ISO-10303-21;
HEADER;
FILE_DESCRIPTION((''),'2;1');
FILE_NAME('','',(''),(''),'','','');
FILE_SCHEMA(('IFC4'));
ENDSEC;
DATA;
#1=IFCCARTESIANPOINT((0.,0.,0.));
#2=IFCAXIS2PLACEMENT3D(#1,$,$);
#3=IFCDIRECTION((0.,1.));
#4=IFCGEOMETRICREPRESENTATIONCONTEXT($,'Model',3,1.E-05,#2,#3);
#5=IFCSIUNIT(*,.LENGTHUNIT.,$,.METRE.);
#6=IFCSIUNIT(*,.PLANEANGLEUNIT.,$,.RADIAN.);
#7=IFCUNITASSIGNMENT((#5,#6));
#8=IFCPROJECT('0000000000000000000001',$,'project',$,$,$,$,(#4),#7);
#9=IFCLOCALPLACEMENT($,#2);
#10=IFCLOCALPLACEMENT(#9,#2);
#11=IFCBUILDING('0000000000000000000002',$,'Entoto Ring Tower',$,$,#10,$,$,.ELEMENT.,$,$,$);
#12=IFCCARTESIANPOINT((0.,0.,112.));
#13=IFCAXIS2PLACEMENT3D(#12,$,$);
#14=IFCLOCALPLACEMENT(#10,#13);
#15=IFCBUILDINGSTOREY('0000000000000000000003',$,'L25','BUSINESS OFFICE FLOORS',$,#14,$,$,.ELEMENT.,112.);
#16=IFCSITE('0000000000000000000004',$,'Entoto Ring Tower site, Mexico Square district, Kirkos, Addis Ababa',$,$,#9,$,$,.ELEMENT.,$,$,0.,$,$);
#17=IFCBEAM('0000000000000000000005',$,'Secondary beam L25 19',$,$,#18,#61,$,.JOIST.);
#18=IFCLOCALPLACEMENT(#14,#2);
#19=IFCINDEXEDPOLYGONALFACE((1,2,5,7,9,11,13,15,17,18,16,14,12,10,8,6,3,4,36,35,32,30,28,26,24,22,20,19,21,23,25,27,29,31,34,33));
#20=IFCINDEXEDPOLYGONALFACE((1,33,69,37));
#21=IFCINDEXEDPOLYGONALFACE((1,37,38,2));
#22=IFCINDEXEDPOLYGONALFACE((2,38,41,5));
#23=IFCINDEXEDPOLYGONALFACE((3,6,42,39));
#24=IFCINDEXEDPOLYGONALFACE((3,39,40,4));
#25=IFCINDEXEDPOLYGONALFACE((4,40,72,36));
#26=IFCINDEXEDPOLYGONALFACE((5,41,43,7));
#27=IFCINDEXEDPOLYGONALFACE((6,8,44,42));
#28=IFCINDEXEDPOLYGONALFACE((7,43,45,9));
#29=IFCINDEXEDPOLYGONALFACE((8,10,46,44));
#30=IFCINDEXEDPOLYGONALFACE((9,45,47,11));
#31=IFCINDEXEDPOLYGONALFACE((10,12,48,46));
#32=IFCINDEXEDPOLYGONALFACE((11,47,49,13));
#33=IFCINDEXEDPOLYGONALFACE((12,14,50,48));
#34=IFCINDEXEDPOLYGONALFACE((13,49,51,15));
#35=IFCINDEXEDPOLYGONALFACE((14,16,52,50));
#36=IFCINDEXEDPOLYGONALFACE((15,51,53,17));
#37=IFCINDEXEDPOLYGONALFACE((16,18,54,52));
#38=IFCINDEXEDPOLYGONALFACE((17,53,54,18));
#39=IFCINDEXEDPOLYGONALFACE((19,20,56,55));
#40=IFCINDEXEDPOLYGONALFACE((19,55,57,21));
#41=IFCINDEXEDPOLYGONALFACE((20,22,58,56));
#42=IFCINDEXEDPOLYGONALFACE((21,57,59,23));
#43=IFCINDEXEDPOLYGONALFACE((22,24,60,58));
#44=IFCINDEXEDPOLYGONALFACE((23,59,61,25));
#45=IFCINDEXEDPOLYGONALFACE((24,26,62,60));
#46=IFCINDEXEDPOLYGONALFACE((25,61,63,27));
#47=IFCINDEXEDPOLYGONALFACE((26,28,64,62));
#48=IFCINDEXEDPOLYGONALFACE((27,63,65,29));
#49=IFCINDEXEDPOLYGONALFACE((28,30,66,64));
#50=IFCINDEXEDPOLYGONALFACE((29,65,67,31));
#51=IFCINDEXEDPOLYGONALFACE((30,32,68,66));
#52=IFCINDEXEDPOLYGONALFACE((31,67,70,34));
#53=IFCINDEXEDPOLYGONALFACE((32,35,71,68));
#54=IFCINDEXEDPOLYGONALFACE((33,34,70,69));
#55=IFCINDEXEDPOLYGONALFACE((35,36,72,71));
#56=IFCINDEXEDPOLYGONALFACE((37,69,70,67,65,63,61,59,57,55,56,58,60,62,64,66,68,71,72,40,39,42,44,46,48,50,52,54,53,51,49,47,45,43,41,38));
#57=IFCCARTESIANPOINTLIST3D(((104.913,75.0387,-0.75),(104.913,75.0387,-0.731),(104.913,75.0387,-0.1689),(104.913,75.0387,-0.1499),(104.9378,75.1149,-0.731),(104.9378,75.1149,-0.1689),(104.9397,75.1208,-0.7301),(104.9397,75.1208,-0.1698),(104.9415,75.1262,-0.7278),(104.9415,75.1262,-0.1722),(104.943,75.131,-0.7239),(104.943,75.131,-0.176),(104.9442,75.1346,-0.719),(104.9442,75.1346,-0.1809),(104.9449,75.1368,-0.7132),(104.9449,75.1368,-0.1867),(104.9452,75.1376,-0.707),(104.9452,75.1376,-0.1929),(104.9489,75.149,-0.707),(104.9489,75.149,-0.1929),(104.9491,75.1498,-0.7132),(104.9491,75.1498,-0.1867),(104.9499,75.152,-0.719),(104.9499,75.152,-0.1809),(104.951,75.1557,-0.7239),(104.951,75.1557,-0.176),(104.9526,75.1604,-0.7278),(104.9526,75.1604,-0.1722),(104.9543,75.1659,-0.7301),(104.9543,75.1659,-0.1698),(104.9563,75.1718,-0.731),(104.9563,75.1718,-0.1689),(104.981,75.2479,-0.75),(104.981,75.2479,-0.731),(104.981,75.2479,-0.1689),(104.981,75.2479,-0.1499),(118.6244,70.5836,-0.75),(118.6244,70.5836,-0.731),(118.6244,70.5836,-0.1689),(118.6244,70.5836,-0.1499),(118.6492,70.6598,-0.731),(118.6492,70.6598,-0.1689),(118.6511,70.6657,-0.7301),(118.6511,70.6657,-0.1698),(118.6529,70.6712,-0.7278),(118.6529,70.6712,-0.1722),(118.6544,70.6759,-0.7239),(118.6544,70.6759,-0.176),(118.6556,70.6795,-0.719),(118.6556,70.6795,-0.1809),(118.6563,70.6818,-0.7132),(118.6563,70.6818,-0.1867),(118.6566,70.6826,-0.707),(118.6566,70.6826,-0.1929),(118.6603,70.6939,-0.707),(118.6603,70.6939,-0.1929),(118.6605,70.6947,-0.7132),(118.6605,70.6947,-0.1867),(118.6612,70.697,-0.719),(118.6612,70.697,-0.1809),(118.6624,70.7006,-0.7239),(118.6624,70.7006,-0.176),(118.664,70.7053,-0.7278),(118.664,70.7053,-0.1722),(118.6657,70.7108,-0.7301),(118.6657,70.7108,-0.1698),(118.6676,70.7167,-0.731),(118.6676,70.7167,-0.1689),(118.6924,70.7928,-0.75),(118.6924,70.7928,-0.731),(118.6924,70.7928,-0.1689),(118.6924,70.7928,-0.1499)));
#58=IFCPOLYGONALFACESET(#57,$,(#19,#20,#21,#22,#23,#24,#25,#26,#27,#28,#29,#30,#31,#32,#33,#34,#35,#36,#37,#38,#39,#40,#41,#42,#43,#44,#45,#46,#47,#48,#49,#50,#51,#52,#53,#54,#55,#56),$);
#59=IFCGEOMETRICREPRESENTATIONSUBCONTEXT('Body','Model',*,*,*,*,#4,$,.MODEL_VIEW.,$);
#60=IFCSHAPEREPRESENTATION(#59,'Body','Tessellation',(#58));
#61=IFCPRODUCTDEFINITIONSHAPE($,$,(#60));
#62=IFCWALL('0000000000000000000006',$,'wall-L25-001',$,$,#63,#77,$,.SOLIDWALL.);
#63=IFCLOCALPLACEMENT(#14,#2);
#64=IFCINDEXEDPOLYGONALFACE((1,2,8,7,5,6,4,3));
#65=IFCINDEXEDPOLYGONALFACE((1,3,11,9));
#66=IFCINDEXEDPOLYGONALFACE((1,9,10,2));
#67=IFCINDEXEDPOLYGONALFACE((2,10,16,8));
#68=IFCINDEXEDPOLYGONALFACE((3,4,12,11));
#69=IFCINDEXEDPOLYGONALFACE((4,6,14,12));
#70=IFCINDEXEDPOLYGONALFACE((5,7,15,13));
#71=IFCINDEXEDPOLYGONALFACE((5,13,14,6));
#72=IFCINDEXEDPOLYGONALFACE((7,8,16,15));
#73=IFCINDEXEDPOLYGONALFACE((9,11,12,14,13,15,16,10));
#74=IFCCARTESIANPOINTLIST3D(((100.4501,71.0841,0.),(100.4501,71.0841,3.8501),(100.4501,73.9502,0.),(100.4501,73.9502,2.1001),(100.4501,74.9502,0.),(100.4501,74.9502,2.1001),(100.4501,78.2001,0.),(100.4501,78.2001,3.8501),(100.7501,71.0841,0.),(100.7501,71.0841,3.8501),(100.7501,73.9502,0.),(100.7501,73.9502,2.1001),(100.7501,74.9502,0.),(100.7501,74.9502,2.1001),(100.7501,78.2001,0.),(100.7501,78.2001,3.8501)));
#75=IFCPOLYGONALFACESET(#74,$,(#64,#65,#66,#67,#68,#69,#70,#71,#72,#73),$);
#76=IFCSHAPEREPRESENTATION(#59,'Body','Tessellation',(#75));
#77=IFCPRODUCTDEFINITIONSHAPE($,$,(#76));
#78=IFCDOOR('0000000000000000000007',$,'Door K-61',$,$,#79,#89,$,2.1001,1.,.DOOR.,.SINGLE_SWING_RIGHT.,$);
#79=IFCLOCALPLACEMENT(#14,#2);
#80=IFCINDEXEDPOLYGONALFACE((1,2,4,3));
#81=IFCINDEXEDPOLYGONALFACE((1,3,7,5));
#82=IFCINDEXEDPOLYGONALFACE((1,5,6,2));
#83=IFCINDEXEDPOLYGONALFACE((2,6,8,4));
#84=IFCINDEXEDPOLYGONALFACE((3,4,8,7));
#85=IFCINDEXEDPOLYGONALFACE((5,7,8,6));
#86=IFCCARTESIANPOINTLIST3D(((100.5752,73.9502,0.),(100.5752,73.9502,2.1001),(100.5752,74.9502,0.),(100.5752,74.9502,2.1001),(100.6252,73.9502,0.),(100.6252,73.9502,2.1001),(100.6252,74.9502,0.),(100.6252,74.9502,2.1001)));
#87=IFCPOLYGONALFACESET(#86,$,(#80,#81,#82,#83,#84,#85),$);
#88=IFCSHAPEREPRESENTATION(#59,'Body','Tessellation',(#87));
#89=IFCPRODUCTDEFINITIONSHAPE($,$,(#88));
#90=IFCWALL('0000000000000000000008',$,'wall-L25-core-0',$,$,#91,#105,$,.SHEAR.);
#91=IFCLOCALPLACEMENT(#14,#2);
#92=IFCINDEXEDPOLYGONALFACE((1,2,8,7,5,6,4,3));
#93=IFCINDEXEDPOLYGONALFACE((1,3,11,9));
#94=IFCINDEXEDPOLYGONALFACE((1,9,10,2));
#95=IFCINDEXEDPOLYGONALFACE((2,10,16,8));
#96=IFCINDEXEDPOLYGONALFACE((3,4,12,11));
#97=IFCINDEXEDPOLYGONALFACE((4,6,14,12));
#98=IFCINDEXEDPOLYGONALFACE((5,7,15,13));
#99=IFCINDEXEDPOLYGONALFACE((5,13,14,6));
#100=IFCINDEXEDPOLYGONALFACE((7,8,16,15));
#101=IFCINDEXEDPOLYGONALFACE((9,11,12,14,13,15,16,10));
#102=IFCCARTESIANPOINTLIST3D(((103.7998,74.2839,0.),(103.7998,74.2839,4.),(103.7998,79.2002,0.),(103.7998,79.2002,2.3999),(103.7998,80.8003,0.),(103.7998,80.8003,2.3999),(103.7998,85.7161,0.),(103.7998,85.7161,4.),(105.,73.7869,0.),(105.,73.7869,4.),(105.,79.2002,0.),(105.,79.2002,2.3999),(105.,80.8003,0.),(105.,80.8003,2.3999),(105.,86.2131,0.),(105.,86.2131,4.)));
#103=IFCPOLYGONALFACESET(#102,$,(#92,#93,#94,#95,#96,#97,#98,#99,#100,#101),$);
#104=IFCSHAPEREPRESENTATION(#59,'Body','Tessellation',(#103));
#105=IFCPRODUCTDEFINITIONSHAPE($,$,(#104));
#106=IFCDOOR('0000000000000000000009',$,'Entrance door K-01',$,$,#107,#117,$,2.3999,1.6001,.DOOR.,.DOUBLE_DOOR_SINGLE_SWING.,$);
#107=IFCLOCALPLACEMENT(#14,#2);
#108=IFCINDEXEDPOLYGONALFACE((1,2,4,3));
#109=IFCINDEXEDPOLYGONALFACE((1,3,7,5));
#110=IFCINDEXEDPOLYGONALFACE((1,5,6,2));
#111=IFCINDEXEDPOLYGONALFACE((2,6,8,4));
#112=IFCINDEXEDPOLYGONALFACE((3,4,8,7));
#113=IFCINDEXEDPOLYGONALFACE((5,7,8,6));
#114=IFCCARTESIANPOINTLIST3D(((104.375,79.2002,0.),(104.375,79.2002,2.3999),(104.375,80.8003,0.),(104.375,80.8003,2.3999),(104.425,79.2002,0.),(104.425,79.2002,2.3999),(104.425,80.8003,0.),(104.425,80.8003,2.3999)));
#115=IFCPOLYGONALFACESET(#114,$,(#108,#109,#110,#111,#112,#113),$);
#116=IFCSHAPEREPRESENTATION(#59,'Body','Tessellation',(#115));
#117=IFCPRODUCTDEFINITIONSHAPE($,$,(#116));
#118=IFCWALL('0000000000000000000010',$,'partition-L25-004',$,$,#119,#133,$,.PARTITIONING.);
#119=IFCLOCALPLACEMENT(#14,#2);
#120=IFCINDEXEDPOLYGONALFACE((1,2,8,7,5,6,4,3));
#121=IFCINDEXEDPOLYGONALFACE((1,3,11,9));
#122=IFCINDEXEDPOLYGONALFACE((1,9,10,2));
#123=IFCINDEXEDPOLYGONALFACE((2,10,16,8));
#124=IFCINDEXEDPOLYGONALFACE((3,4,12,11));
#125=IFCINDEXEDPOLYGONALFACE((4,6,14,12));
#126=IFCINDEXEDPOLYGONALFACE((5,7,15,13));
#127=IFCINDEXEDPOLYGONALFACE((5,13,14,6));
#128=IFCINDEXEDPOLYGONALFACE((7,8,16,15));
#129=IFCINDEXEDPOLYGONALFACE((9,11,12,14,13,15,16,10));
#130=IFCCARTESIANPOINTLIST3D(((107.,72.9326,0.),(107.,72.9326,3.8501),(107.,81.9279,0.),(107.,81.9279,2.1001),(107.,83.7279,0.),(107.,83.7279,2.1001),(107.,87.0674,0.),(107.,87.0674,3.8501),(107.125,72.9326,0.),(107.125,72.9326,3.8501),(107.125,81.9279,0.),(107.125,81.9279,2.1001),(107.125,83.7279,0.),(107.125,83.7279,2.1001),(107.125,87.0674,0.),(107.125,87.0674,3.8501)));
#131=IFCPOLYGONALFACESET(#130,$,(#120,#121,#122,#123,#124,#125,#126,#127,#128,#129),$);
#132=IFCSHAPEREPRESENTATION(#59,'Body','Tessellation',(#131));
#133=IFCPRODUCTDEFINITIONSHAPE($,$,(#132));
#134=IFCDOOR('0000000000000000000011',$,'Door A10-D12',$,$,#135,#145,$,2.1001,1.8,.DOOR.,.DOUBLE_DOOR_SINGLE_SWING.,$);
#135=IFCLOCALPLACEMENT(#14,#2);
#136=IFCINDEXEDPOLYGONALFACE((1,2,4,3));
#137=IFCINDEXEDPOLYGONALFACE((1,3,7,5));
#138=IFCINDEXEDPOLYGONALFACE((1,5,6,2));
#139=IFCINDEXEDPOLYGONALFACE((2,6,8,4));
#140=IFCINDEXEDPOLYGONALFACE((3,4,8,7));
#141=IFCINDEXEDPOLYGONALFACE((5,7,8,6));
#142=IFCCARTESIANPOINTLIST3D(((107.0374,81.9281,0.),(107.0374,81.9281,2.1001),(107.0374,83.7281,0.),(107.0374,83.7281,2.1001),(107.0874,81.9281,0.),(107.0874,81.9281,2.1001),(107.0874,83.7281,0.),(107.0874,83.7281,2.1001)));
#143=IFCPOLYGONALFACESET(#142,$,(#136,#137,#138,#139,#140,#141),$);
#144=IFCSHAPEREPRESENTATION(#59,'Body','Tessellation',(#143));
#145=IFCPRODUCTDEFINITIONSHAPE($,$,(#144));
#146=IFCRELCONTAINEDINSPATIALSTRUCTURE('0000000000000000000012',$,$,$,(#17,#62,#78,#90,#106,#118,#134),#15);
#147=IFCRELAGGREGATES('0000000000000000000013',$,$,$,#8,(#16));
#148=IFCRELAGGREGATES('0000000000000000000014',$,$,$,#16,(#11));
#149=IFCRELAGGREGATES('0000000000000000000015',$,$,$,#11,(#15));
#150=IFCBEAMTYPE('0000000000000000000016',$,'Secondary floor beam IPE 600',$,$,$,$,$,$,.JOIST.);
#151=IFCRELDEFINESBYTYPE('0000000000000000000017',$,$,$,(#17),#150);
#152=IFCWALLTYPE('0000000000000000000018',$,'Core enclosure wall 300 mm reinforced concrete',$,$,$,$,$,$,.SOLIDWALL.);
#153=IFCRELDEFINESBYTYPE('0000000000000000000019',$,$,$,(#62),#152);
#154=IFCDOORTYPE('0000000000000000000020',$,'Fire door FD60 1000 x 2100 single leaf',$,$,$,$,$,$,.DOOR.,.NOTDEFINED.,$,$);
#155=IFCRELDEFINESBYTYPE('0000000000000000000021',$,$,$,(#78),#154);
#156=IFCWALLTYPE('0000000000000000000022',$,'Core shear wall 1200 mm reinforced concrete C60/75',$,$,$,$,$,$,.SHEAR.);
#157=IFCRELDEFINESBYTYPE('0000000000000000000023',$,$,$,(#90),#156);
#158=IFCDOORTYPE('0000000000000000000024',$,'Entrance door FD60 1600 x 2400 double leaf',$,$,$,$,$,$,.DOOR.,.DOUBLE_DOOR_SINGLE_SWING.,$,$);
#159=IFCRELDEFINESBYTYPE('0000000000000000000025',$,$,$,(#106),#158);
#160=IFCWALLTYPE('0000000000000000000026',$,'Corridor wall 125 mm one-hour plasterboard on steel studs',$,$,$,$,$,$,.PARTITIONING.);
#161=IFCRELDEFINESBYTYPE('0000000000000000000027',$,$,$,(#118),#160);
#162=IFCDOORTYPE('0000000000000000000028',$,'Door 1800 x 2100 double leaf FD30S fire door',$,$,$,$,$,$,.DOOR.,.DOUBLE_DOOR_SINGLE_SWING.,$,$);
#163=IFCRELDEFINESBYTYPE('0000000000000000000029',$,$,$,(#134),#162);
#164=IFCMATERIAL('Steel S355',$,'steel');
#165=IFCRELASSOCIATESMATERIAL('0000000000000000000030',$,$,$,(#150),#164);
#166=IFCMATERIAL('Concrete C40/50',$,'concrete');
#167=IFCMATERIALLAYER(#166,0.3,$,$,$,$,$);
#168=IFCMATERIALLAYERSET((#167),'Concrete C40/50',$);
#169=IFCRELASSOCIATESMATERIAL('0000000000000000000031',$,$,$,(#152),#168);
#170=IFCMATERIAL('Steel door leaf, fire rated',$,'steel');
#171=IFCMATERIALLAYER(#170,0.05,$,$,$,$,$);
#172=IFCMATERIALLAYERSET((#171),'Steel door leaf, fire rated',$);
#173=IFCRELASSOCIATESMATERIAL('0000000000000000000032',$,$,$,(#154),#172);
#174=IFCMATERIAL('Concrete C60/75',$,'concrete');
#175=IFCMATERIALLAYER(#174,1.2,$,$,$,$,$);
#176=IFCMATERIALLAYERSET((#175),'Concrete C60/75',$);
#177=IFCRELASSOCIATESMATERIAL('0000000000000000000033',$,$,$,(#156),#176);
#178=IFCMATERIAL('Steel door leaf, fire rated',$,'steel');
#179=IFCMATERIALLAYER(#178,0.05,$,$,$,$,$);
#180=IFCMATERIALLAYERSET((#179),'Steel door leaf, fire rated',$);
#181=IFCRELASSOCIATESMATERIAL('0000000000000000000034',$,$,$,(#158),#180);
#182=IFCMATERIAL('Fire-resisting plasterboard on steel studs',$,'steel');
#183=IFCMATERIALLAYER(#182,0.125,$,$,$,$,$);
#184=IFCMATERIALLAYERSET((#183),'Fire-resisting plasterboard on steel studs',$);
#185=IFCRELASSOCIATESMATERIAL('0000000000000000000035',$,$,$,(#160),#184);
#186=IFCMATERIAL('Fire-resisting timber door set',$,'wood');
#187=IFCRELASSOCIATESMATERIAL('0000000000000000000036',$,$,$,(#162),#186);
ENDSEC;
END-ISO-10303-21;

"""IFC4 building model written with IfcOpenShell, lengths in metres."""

from ifc_helpers import new_model, si_unit, direction, frame, frame_2d, origin, origin_2d, place, context, subcontext, project, spatial, polyline, rectangle, i_section, outline, extrude, material, layer, layer_set, material_profile, profile_set, type_object, element, fill, save


model = new_model("IFC4")

# Units and contexts
model_context = context("Model", 3, precision=1e-05, world=origin(), true_north=direction((0.0, 1.0)))
body_context = subcontext(model_context, "Body", "Model", "MODEL_VIEW")
ifc_project = project(units=[si_unit("LENGTHUNIT", "METRE"), si_unit("PLANEANGLEUNIT", "RADIAN")], contexts=[model_context])

# Site, building, storey
site_placement = place(None, origin())
site = spatial("IfcSite", under=ifc_project, at=site_placement, Name="Entoto Ring Tower site, Mexico Square district, Kirkos, Addis Ababa", CompositionType="ELEMENT", RefElevation=0.0)
building_placement = place(site_placement, origin())
building = spatial("IfcBuilding", under=site, at=building_placement, Name="Entoto Ring Tower", CompositionType="ELEMENT")
storey_placement = place(building_placement, frame((0.0, 0.0, 112.0)))
storey = spatial("IfcBuildingStorey", under=building, at=storey_placement, Name="L25", Description="BUSINESS OFFICE FLOORS", CompositionType="ELEMENT", Elevation=112.0)

# Beam
ifc_material_1 = material(Name="Steel S355", Category="steel")
ifc_material_profile_1 = material_profile(ifc_material_1, i_section(OverallWidth=0.22, OverallDepth=0.6001, WebThickness=0.012, FlangeThickness=0.019, FilletRadius=0.0239, at=origin_2d()), Name="IPE 600")
ifc_profile_set_1 = profile_set([ifc_material_profile_1], Name="Steel S355")
beam_type_1 = type_object("IfcBeamType", Name="Secondary floor beam IPE 600", PredefinedType="JOIST", material=ifc_profile_set_1)
beam_1_placement = place(storey_placement, frame((104.947, 75.1433, -0.45), z_axis=(0.951057, -0.309015, 0.0), x_axis=(0.309015, 0.951057, 0.0)))
element("IfcBeam", 1, at=beam_1_placement, inside=storey, type_object=beam_type_1, Name="Secondary beam L25 19", PredefinedType="JOIST", context=body_context, shape_type="SweptSolid", body=[
    extrude(i_section(OverallWidth=0.22, OverallDepth=0.6001, WebThickness=0.012, FlangeThickness=0.019, FilletRadius=0.0239, at=origin_2d()), origin(), (0.0, 0.0, 1.0), 14.417),
])

# Walls, openings, doors
ifc_material_2 = material(Name="Concrete C40/50", Category="concrete")
ifc_layer_1 = layer(ifc_material_2, 0.3)
ifc_layer_set_1 = layer_set([ifc_layer_1], Name="Concrete C40/50")
wall_type_1 = type_object("IfcWallType", Name="Core enclosure wall 300 mm reinforced concrete", PredefinedType="SOLIDWALL", material=ifc_layer_set_1)
wall_1_placement = place(storey_placement, frame((100.6001, 71.084, 0.0), z_axis=(0.0, 0.0, 1.0), x_axis=(0.0, 1.0, 0.0)))
wall_1 = element("IfcWall", 2, at=wall_1_placement, inside=storey, type_object=wall_type_1, Name="wall-L25-001", PredefinedType="SOLIDWALL", context=body_context, shape_type="SweptSolid", body=[
    extrude(rectangle(XDim=7.116, YDim=0.3, at=frame_2d((3.5581, 0.0))), origin(), (0.0, 0.0, 1.0), 3.8501),
])
opening_1_placement = place(wall_1_placement, frame((2.8662, 0.0, 0.0)))
opening_1 = element("IfcOpeningElement", 3, at=opening_1_placement, cuts=wall_1, PredefinedType="OPENING", context=body_context, shape_type="SweptSolid", body=[
    extrude(rectangle(XDim=1.0, YDim=2.1001, at=frame_2d((0.5, 1.05))), frame((0.0, 0.1602, 0.0), z_axis=(0.0, -1.0, 0.0), x_axis=(1.0, 0.0, 0.0)), (0.0, 0.0, 1.0), 0.3201),
])
ifc_material_3 = material(Name="Steel door leaf, fire rated", Category="steel")
ifc_layer_2 = layer(ifc_material_3, 0.05)
ifc_layer_set_2 = layer_set([ifc_layer_2], Name="Steel door leaf, fire rated")
door_type_1 = type_object("IfcDoorType", Name="Fire door FD60 1000 x 2100 single leaf", OperationType="NOTDEFINED", PredefinedType="DOOR", material=ifc_layer_set_2)
door_1_placement = place(opening_1_placement, origin())
door_1 = element("IfcDoor", 4, at=door_1_placement, inside=storey, type_object=door_type_1, Name="Door K-61", OperationType="SINGLE_SWING_RIGHT", OverallHeight=2.1001, OverallWidth=1.0, PredefinedType="DOOR", context=body_context, shape_type="SweptSolid", body=[
    extrude(rectangle(XDim=1.0, YDim=2.1001, at=frame_2d((0.5, 1.05))), frame((0.0, 0.0249, 0.0), z_axis=(0.0, -1.0, 0.0), x_axis=(1.0, 0.0, 0.0)), (0.0, 0.0, 1.0), 0.05),
])
fill(opening_1, door_1)
ifc_material_4 = material(Name="Concrete C60/75", Category="concrete")
ifc_layer_3 = layer(ifc_material_4, 1.2)
ifc_layer_set_3 = layer_set([ifc_layer_3], Name="Concrete C60/75")
wall_type_2 = type_object("IfcWallType", Name="Core shear wall 1200 mm reinforced concrete C60/75", PredefinedType="SHEAR", material=ifc_layer_set_3)
wall_2_placement = place(storey_placement, frame((104.3999, 74.0354, 0.0), z_axis=(0.0, 0.0, 1.0), x_axis=(0.0, 1.0, 0.0)))
wall_2 = element("IfcWall", 5, at=wall_2_placement, inside=storey, type_object=wall_type_2, Name="wall-L25-core-0", PredefinedType="SHEAR", context=body_context, shape_type="SweptSolid", body=[
    extrude(outline(polyline([(-0.2485, -0.6001), (12.1777, -0.6001), (11.6807, 0.6001), (0.2485, 0.6001), (-0.2485, -0.6001)])), origin(), (0.0, 0.0, 1.0), 4.0),
])
opening_2_placement = place(wall_2_placement, frame((5.1648, 0.0, 0.0)))
opening_2 = element("IfcOpeningElement", 6, at=opening_2_placement, cuts=wall_2, PredefinedType="OPENING", context=body_context, shape_type="SweptSolid", body=[
    extrude(rectangle(XDim=1.6001, YDim=2.3999, at=frame_2d((0.8, 1.2))), frame((0.0, 0.6099, 0.0), z_axis=(0.0, -1.0, 0.0), x_axis=(1.0, 0.0, 0.0)), (0.0, 0.0, 1.0), 1.22),
])
ifc_material_5 = material(Name="Steel door leaf, fire rated", Category="steel")
ifc_layer_4 = layer(ifc_material_5, 0.05)
ifc_layer_set_4 = layer_set([ifc_layer_4], Name="Steel door leaf, fire rated")
door_type_2 = type_object("IfcDoorType", Name="Entrance door FD60 1600 x 2400 double leaf", OperationType="DOUBLE_DOOR_SINGLE_SWING", PredefinedType="DOOR", material=ifc_layer_set_4)
door_2_placement = place(opening_2_placement, origin())
door_2 = element("IfcDoor", 7, at=door_2_placement, inside=storey, type_object=door_type_2, Name="Entrance door K-01", OperationType="DOUBLE_DOOR_SINGLE_SWING", OverallHeight=2.3999, OverallWidth=1.6001, PredefinedType="DOOR", context=body_context, shape_type="SweptSolid", body=[
    extrude(rectangle(XDim=1.6001, YDim=2.3999, at=frame_2d((0.8, 1.2))), frame((0.0, 0.0249, 0.0), z_axis=(0.0, -1.0, 0.0), x_axis=(1.0, 0.0, 0.0)), (0.0, 0.0, 1.0), 0.05),
])
fill(opening_2, door_2)
ifc_material_6 = material(Name="Fire-resisting plasterboard on steel studs", Category="steel")
ifc_layer_5 = layer(ifc_material_6, 0.125)
ifc_layer_set_5 = layer_set([ifc_layer_5], Name="Fire-resisting plasterboard on steel studs")
wall_type_3 = type_object("IfcWallType", Name="Corridor wall 125 mm one-hour plasterboard on steel studs", PredefinedType="PARTITIONING", material=ifc_layer_set_5)
wall_3_placement = place(storey_placement, frame((107.0625, 72.9326, 0.0), z_axis=(0.0, 0.0, 1.0), x_axis=(0.0, 1.0, 0.0)))
wall_3 = element("IfcWall", 8, at=wall_3_placement, inside=storey, type_object=wall_type_3, Name="partition-L25-004", PredefinedType="PARTITIONING", context=body_context, shape_type="SweptSolid", body=[
    extrude(rectangle(XDim=14.1348, YDim=0.125, at=frame_2d((7.0674, 0.0))), origin(), (0.0, 0.0, 1.0), 3.8501),
])
opening_3_placement = place(wall_3_placement, frame((8.9954, 0.0, 0.0)))
opening_3 = element("IfcOpeningElement", 9, at=opening_3_placement, cuts=wall_3, PredefinedType="OPENING", context=body_context, shape_type="SweptSolid", body=[
    extrude(rectangle(XDim=1.8, YDim=2.1001, at=frame_2d((0.8999, 1.05))), frame((0.0, 0.0725, 0.0), z_axis=(0.0, -1.0, 0.0), x_axis=(1.0, 0.0, 0.0)), (0.0, 0.0, 1.0), 0.145),
])
ifc_material_7 = material(Name="Fire-resisting timber door set", Category="wood")
door_type_3 = type_object("IfcDoorType", Name="Door 1800 x 2100 double leaf FD30S fire door", OperationType="DOUBLE_DOOR_SINGLE_SWING", PredefinedType="DOOR", material=ifc_material_7)
door_3_placement = place(opening_3_placement, frame((1.8, 0.0, 0.0), z_axis=(0.0, 0.0, 1.0), x_axis=(-1.0, 0.0, 0.0)))
door_3 = element("IfcDoor", 10, at=door_3_placement, inside=storey, type_object=door_type_3, Name="Door A10-D12", OperationType="DOUBLE_DOOR_SINGLE_SWING", OverallHeight=2.1001, OverallWidth=1.8, PredefinedType="DOOR", context=body_context, shape_type="SweptSolid", body=[
    extrude(rectangle(XDim=1.8, YDim=2.1001, at=frame_2d((0.8999, 1.05))), frame((0.0, 0.0249, 0.0), z_axis=(0.0, -1.0, 0.0), x_axis=(1.0, 0.0, 0.0)), (0.0, 0.0, 1.0), 0.05),
])
fill(opening_3, door_3)

save(model, "model.ifc")
